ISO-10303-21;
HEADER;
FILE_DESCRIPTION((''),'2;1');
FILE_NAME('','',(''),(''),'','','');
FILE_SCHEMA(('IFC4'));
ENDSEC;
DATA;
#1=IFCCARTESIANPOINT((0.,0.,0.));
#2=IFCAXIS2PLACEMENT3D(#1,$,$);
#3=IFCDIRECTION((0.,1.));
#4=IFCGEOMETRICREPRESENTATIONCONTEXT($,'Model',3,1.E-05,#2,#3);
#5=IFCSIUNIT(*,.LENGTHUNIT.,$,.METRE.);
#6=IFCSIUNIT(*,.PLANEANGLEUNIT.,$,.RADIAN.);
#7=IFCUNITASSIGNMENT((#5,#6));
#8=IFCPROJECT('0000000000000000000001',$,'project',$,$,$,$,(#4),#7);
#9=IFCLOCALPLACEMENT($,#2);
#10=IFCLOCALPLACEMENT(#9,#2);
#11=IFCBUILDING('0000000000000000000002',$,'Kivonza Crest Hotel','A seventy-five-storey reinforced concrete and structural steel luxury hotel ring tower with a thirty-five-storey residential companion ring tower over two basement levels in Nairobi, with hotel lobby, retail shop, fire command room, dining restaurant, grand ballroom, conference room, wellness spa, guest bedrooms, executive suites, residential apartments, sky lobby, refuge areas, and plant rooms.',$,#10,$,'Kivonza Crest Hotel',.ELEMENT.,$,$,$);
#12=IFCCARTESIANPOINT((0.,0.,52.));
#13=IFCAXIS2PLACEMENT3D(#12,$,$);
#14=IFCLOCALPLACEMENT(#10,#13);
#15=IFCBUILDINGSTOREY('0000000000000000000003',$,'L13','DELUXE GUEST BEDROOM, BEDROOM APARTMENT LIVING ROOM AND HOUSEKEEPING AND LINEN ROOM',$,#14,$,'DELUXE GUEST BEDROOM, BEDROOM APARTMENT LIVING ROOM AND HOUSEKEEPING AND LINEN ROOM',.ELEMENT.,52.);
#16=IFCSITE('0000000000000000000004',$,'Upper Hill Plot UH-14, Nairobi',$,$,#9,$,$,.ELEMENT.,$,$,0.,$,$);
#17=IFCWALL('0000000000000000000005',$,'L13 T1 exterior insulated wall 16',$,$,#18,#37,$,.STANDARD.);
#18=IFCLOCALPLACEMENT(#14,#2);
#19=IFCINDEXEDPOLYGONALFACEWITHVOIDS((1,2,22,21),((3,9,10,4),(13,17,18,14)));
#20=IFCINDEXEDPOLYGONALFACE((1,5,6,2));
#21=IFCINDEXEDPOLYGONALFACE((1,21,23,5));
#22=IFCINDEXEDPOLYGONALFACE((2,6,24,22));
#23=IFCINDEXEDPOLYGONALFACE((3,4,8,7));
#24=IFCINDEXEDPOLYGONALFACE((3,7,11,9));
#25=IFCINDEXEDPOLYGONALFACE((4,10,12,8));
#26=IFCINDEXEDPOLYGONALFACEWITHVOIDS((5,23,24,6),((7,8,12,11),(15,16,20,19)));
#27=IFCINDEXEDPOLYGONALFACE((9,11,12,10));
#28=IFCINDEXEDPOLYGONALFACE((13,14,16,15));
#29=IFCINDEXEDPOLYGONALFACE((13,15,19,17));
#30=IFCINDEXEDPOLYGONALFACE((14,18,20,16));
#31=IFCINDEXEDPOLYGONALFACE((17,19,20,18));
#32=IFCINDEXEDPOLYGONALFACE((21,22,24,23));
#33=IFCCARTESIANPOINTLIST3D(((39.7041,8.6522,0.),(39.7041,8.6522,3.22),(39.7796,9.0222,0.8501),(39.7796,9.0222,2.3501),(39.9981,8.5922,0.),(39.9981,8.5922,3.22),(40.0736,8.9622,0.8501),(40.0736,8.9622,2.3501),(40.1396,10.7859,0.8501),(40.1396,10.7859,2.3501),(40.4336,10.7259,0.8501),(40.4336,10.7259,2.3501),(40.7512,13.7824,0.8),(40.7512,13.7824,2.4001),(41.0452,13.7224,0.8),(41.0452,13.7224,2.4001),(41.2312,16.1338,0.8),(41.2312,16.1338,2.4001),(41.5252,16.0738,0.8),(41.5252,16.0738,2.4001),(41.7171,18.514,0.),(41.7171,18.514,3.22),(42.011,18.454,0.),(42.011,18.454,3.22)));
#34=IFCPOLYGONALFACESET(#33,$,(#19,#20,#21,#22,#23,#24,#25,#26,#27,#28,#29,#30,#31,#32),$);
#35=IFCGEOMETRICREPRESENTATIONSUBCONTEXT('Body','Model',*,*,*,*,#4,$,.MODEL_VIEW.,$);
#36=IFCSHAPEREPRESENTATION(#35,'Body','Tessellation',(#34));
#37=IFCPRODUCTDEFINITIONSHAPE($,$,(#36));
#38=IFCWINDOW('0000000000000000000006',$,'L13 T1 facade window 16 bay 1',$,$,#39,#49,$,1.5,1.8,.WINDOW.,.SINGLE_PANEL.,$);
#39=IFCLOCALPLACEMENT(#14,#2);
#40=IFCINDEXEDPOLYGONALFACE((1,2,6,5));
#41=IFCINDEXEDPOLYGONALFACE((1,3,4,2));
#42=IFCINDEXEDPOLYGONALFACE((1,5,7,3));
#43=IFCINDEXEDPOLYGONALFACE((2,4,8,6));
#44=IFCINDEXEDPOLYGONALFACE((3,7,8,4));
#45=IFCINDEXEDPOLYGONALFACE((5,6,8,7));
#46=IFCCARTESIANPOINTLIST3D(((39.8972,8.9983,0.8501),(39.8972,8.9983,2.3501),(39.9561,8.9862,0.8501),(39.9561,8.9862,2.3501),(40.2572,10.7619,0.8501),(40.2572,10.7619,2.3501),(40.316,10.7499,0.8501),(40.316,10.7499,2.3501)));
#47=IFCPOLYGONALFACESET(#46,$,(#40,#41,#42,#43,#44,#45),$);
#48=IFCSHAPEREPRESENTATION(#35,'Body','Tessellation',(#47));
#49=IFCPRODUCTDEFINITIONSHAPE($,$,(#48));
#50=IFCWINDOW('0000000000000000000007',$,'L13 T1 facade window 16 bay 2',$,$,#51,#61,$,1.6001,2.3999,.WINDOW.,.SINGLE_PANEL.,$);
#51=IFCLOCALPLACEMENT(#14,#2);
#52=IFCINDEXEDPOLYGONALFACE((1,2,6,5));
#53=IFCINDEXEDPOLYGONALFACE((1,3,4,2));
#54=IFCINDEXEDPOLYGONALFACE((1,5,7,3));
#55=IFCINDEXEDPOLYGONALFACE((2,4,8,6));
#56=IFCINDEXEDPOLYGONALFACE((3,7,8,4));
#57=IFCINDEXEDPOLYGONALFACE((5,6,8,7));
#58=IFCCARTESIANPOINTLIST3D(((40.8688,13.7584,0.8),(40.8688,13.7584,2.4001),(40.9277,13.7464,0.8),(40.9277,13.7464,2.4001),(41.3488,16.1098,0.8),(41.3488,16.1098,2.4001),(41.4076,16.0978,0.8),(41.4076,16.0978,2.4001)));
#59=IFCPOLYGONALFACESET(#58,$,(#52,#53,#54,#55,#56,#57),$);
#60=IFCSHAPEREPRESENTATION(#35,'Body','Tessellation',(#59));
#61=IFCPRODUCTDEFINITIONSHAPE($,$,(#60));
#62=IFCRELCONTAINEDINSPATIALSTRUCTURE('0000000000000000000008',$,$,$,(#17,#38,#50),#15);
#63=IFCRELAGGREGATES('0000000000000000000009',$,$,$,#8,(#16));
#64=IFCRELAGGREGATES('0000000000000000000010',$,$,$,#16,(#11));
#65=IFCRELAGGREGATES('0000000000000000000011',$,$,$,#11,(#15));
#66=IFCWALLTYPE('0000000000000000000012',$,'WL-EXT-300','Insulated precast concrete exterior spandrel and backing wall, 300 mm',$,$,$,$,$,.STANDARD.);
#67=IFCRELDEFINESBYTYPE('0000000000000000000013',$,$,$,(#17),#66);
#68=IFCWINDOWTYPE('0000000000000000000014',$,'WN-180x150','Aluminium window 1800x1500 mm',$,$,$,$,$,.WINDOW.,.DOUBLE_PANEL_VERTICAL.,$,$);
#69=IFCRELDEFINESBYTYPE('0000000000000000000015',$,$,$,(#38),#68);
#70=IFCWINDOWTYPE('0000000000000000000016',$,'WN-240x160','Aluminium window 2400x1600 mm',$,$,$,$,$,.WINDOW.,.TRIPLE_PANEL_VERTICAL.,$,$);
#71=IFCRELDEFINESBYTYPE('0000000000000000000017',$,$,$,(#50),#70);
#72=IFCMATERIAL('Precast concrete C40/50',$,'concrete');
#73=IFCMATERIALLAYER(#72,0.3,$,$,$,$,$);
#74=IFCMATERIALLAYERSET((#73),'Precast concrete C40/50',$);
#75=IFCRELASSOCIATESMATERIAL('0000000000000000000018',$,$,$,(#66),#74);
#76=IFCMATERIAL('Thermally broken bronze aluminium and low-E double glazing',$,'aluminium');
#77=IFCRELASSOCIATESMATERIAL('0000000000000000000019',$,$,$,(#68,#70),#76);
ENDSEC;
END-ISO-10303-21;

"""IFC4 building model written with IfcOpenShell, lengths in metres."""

from ifc_helpers import new_model, si_unit, direction, frame, frame_2d, origin, place, context, subcontext, project, spatial, rectangle, extrude, material, layer, layer_set, type_object, element, fill, save


model = new_model("IFC4")

# Units and contexts
model_context = context("Model", 3, precision=1e-05, world=origin(), true_north=direction((0.0, 1.0)))
body_context = subcontext(model_context, "Body", "Model", "MODEL_VIEW")
ifc_project = project(units=[si_unit("LENGTHUNIT", "METRE"), si_unit("PLANEANGLEUNIT", "RADIAN")], contexts=[model_context])

# Site, building, storey
site_placement = place(None, origin())
site = spatial("IfcSite", under=ifc_project, at=site_placement, Name="Upper Hill Plot UH-14, Nairobi", CompositionType="ELEMENT", RefElevation=0.0)
building_placement = place(site_placement, origin())
building = spatial("IfcBuilding", under=site, at=building_placement, Name="Kivonza Crest Hotel", Description="A seventy-five-storey reinforced concrete and structural steel luxury hotel ring tower with a thirty-five-storey residential companion ring tower over two basement levels in Nairobi, with hotel lobby, retail shop, fire command room, dining restaurant, grand ballroom, conference room, wellness spa, guest bedrooms, executive suites, residential apartments, sky lobby, refuge areas, and plant rooms.", LongName="Kivonza Crest Hotel", CompositionType="ELEMENT")
storey_placement = place(building_placement, frame((0.0, 0.0, 52.0)))
storey = spatial("IfcBuildingStorey", under=building, at=storey_placement, Name="L13", Description="DELUXE GUEST BEDROOM, BEDROOM APARTMENT LIVING ROOM AND HOUSEKEEPING AND LINEN ROOM", LongName="DELUXE GUEST BEDROOM, BEDROOM APARTMENT LIVING ROOM AND HOUSEKEEPING AND LINEN ROOM", CompositionType="ELEMENT", Elevation=52.0)

# Shared definitions
ifc_material_1 = material(Name="Precast concrete C40/50", Category="concrete")
ifc_layer_1 = layer(ifc_material_1, 0.3)
ifc_layer_set_1 = layer_set([ifc_layer_1], Name="Precast concrete C40/50")
wall_type_1 = type_object("IfcWallType", Name="WL-EXT-300", Description="Insulated precast concrete exterior spandrel and backing wall, 300 mm", PredefinedType="STANDARD", material=ifc_layer_set_1)

# Wall, openings, windows
wall_1_placement = place(storey_placement, frame((39.8511, 8.6221, 0.0), z_axis=(0.0, 0.0, 1.0), x_axis=(0.199991, 0.979798, 0.0)))
wall_1 = element("IfcWall", 1, at=wall_1_placement, inside=storey, type_object=wall_type_1, Name="L13 T1 exterior insulated wall 16", PredefinedType="STANDARD", context=body_context, shape_type="SweptSolid", body=[
    extrude(rectangle(XDim=10.0652, YDim=0.3, at=frame_2d((5.0327, 0.0))), origin(), (0.0, 0.0, 1.0), 3.22),
])
opening_1_placement = place(wall_1_placement, frame((0.3779, 0.0, 0.8501)))
opening_1 = element("IfcOpeningElement", 2, at=opening_1_placement, cuts=wall_1, PredefinedType="OPENING", context=body_context, shape_type="SweptSolid", body=[
    extrude(rectangle(XDim=1.8, YDim=1.5, at=frame_2d((0.8999, 0.75))), frame((0.0, 0.1602, 0.0), z_axis=(0.0, -1.0, 0.0), x_axis=(1.0, 0.0, 0.0)), (0.0, 0.0, 1.0), 0.3201),
])
opening_2_placement = place(wall_1_placement, frame((5.2361, 0.0, 0.8)))
opening_2 = element("IfcOpeningElement", 3, at=opening_2_placement, cuts=wall_1, PredefinedType="OPENING", context=body_context, shape_type="SweptSolid", body=[
    extrude(rectangle(XDim=2.3999, YDim=1.6001, at=frame_2d((1.2, 0.8))), frame((0.0, 0.1602, 0.0), z_axis=(0.0, -1.0, 0.0), x_axis=(1.0, 0.0, 0.0)), (0.0, 0.0, 1.0), 0.3201),
])
ifc_material_2 = material(Name="Thermally broken bronze aluminium and low-E double glazing", Category="aluminium")
window_type_1 = type_object("IfcWindowType", Name="WN-180x150", Description="Aluminium window 1800x1500 mm", PartitioningType="DOUBLE_PANEL_VERTICAL", PredefinedType="WINDOW", material=ifc_material_2)
window_1_placement = place(opening_1_placement, origin())
window_1 = element("IfcWindow", 4, at=window_1_placement, inside=storey, type_object=window_type_1, Name="L13 T1 facade window 16 bay 1", OverallHeight=1.5, OverallWidth=1.8, PartitioningType="SINGLE_PANEL", PredefinedType="WINDOW", context=body_context, shape_type="SweptSolid", body=[
    extrude(rectangle(XDim=1.8, YDim=1.5, at=frame_2d((0.8999, 0.75))), frame((0.0, 0.03, 0.0), z_axis=(0.0, -1.0, 0.0), x_axis=(1.0, 0.0, 0.0)), (0.0, 0.0, 1.0), 0.0601),
])
fill(opening_1, window_1)
window_type_2 = type_object("IfcWindowType", Name="WN-240x160", Description="Aluminium window 2400x1600 mm", PartitioningType="TRIPLE_PANEL_VERTICAL", PredefinedType="WINDOW", material=ifc_material_2)
window_2_placement = place(opening_2_placement, origin())
window_2 = element("IfcWindow", 5, at=window_2_placement, inside=storey, type_object=window_type_2, Name="L13 T1 facade window 16 bay 2", OverallHeight=1.6001, OverallWidth=2.3999, PartitioningType="SINGLE_PANEL", PredefinedType="WINDOW", context=body_context, shape_type="SweptSolid", body=[
    extrude(rectangle(XDim=2.3999, YDim=1.6001, at=frame_2d((1.2, 0.8))), frame((0.0, 0.03, 0.0), z_axis=(0.0, -1.0, 0.0), x_axis=(1.0, 0.0, 0.0)), (0.0, 0.0, 1.0), 0.0601),
])
fill(opening_2, window_2)

save(model, "model.ifc")
